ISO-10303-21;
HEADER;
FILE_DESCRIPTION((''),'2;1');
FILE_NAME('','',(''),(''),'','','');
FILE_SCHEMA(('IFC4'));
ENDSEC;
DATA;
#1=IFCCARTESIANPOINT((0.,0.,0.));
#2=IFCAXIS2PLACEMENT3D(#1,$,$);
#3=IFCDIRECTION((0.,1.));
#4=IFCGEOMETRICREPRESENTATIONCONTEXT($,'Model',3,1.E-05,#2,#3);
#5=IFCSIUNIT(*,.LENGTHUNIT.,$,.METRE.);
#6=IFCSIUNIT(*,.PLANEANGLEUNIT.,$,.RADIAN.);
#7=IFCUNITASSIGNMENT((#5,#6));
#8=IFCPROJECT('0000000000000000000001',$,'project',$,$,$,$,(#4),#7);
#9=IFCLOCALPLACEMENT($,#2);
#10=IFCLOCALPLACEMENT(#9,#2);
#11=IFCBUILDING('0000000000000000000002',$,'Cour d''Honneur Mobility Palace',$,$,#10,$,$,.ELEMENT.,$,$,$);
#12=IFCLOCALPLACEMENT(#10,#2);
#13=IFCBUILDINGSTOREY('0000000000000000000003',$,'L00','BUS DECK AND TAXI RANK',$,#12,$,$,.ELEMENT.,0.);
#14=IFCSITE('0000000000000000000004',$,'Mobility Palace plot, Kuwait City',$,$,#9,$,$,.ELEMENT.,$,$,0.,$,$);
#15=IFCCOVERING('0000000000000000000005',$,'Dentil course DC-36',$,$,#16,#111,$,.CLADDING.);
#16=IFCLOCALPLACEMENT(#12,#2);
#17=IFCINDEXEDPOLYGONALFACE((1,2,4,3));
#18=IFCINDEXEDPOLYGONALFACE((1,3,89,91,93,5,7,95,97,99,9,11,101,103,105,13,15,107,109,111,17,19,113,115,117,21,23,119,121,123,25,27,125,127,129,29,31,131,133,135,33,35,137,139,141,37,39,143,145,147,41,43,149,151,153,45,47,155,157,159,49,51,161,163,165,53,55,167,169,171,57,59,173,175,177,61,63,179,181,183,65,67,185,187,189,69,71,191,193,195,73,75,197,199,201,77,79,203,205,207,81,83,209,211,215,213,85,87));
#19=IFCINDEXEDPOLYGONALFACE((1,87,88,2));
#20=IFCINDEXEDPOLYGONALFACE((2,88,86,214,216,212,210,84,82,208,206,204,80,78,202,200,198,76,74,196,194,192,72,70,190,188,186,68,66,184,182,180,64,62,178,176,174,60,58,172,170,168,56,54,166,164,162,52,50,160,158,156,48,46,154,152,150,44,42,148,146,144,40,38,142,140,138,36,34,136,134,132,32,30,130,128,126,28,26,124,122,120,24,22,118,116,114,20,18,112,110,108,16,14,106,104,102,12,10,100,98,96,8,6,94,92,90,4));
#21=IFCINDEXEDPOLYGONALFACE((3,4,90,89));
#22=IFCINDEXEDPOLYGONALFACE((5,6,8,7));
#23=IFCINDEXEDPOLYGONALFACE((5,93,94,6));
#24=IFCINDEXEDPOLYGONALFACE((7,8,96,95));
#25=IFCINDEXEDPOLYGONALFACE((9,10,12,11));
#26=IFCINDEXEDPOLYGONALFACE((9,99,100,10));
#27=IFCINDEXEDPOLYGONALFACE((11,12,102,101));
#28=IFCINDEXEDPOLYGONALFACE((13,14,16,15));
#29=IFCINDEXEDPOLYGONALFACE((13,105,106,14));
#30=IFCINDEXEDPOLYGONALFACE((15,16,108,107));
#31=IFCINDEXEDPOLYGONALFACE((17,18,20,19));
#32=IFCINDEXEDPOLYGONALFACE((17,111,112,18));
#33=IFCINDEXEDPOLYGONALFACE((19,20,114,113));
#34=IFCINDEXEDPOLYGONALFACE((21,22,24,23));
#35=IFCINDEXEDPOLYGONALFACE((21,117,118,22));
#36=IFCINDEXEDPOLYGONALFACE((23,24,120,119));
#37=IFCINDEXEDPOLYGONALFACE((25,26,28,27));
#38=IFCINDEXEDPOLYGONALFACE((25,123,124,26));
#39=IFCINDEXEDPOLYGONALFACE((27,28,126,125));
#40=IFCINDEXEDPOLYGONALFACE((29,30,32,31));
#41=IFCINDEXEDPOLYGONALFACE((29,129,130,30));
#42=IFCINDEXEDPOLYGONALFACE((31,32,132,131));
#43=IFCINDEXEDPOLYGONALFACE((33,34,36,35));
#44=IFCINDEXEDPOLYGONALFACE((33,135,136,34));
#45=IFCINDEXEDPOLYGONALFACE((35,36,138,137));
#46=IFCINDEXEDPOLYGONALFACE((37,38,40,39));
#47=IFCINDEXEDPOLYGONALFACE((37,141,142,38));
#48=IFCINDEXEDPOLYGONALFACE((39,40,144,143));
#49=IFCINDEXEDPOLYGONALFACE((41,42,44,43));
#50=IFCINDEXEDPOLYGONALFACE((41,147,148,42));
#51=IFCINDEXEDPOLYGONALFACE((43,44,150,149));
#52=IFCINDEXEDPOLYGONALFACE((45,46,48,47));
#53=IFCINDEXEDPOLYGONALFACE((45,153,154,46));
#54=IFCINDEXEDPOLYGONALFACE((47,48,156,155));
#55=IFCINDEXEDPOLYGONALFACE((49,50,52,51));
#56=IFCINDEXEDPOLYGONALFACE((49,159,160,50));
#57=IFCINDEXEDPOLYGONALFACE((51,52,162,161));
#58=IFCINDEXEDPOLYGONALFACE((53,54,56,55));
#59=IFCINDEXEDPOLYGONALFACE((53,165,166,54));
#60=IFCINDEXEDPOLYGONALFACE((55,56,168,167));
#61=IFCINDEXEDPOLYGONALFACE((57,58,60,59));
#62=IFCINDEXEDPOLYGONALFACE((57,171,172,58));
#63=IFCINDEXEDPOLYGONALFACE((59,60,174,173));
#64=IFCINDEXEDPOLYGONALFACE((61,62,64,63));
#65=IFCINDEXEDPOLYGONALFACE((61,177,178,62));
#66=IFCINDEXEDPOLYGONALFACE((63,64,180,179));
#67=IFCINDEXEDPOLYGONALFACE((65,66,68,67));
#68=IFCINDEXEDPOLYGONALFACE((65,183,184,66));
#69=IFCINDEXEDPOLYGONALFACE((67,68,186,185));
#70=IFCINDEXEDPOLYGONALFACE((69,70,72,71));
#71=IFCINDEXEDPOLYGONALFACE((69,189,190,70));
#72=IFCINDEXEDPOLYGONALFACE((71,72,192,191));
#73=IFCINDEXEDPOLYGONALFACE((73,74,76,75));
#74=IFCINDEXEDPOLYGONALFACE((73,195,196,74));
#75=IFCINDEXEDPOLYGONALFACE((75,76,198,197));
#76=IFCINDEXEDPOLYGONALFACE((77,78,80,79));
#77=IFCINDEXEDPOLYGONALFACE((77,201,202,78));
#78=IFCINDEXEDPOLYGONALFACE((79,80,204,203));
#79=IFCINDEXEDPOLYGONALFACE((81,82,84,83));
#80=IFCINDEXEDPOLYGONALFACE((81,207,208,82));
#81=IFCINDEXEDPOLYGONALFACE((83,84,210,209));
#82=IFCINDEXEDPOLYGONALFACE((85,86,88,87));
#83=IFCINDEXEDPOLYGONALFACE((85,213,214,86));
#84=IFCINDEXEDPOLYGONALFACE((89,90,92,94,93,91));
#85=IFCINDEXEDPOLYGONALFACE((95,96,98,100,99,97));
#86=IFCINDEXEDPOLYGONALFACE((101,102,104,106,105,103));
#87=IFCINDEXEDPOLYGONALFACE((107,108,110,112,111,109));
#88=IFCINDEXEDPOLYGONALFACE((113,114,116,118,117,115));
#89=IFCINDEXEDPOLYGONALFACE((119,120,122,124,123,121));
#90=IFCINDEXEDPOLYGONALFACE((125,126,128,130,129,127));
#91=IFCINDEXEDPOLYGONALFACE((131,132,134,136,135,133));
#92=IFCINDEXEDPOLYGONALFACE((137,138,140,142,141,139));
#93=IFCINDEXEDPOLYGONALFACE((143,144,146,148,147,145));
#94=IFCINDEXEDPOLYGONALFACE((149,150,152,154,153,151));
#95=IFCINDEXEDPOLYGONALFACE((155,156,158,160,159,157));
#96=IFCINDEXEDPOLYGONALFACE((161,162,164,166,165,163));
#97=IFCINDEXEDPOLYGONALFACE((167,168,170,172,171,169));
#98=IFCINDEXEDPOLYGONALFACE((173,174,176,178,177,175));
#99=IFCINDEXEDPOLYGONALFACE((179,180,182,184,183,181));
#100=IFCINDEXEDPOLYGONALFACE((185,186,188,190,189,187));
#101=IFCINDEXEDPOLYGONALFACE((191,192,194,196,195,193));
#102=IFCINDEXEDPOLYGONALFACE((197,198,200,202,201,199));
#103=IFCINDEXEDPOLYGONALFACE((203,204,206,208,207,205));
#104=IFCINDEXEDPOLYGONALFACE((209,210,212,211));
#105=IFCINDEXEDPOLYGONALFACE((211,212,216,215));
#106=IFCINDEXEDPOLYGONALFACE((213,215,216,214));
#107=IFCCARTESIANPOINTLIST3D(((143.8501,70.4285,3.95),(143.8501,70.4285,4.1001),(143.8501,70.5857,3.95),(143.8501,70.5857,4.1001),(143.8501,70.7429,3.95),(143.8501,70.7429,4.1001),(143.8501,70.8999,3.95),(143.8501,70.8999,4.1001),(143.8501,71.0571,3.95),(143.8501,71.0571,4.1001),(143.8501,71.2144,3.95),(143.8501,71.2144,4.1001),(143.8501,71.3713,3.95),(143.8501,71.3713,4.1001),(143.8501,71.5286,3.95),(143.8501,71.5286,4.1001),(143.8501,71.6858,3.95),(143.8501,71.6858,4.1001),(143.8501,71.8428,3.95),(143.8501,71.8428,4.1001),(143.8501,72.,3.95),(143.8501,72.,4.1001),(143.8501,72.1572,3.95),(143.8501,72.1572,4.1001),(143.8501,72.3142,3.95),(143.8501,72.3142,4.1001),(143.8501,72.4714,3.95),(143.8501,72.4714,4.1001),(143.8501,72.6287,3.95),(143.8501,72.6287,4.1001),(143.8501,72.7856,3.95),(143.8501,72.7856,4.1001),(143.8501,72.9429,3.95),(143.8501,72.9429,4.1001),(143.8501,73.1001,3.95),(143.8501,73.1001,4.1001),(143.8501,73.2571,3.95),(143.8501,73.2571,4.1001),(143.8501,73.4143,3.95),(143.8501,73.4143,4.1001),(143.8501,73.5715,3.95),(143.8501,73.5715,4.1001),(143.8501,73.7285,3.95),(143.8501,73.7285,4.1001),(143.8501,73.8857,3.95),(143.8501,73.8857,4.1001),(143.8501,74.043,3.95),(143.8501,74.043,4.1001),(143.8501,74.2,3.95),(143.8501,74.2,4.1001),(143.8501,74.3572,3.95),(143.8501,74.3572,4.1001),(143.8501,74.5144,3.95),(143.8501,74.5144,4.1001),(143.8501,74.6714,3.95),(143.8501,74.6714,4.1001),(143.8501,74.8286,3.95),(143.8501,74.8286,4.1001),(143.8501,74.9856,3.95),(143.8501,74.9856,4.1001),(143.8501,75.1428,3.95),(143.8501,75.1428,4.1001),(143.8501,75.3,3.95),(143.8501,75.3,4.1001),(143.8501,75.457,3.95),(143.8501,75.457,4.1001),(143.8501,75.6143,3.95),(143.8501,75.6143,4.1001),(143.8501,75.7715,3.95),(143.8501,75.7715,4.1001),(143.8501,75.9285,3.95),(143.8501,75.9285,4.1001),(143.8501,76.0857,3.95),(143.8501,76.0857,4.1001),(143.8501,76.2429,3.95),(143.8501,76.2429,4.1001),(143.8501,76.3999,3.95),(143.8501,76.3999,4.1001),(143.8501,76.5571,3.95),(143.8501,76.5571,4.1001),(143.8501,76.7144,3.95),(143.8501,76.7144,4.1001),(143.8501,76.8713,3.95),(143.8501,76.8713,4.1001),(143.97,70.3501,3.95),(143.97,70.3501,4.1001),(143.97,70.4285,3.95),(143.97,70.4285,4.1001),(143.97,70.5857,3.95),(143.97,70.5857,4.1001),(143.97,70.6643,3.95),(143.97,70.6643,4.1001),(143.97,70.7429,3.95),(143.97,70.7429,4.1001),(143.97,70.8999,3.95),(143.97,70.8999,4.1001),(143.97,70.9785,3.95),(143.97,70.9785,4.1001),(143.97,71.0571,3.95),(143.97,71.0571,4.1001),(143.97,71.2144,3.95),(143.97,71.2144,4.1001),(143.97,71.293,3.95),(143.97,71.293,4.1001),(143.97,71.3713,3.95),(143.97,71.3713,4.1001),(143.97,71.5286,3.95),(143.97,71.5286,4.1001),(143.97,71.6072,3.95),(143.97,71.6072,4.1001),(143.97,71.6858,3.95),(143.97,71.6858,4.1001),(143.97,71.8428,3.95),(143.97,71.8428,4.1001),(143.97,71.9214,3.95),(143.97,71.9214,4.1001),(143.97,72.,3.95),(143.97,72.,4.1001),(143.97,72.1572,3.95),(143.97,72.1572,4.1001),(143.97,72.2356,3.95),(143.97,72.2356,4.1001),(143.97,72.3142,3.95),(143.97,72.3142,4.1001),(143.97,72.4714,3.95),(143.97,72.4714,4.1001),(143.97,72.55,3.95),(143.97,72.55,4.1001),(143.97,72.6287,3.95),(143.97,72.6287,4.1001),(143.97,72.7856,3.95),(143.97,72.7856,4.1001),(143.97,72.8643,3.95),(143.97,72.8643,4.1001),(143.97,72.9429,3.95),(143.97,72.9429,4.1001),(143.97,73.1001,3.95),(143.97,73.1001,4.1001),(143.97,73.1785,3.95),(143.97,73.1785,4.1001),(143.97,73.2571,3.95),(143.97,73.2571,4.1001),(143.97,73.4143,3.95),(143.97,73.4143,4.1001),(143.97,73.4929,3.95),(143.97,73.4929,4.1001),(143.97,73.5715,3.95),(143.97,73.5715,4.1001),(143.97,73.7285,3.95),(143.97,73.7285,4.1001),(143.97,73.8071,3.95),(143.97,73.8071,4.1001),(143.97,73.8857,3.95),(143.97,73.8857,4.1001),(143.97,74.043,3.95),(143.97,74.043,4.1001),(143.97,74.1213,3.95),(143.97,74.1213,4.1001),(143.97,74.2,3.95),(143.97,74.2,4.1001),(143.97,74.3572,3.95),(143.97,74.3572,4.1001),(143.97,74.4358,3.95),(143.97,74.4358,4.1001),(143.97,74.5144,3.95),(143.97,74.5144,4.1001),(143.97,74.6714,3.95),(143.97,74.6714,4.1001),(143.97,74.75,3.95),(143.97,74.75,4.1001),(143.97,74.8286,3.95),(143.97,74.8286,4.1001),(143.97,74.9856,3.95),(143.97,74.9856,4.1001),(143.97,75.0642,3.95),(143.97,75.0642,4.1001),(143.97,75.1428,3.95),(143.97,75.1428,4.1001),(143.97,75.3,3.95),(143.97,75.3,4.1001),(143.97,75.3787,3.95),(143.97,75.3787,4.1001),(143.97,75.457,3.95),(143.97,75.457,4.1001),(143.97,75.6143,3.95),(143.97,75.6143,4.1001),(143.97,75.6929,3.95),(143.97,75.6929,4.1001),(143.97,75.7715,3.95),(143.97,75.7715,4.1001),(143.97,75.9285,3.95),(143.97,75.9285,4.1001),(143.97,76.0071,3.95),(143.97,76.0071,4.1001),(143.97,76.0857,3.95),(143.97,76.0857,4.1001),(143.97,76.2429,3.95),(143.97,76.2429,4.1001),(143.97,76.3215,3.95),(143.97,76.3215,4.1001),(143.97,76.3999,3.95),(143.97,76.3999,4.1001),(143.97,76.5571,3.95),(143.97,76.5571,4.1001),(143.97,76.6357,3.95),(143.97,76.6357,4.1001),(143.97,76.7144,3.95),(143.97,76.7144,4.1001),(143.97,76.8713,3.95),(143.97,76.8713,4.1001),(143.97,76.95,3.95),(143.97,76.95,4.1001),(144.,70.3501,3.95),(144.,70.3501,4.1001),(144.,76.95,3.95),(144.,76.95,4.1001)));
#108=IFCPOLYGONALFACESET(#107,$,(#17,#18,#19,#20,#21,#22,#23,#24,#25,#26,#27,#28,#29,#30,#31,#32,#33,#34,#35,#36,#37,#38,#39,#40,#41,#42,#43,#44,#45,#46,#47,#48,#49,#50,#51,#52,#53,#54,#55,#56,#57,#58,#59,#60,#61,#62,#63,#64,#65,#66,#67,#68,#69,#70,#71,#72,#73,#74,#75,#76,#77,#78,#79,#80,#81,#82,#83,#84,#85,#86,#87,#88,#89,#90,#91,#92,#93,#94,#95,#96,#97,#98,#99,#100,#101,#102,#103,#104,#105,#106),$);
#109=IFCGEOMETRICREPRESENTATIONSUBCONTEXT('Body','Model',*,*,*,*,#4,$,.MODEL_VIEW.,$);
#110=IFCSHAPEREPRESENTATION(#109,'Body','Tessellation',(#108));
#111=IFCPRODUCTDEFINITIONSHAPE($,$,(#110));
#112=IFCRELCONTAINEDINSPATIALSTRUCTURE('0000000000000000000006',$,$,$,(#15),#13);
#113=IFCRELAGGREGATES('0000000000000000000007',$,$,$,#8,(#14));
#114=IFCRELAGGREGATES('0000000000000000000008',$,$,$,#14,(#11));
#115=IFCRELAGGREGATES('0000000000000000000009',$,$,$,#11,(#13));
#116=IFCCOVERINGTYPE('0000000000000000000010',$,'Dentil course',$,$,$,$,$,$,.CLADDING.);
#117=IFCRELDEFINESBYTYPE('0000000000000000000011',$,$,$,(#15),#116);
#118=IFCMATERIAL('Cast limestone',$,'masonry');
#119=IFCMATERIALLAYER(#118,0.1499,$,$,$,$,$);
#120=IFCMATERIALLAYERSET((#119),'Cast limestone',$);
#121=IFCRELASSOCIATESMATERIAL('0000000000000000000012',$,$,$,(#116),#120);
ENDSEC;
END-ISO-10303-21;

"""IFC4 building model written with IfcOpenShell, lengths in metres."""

from ifc_helpers import new_model, si_unit, direction, frame, origin, place, context, subcontext, project, spatial, polyline, outline, extrude, material, layer, layer_set, type_object, element, save


model = new_model("IFC4")

# Units and contexts
model_context = context("Model", 3, precision=1e-05, world=origin(), true_north=direction((0.0, 1.0)))
body_context = subcontext(model_context, "Body", "Model", "MODEL_VIEW")
ifc_project = project(units=[si_unit("LENGTHUNIT", "METRE"), si_unit("PLANEANGLEUNIT", "RADIAN")], contexts=[model_context])

# Site, building, storey
site_placement = place(None, origin())
site = spatial("IfcSite", under=ifc_project, at=site_placement, Name="Mobility Palace plot, Kuwait City", CompositionType="ELEMENT", RefElevation=0.0)
building_placement = place(site_placement, origin())
building = spatial("IfcBuilding", under=site, at=building_placement, Name="Cour d'Honneur Mobility Palace", CompositionType="ELEMENT")
storey_placement = place(building_placement, origin())
storey = spatial("IfcBuildingStorey", under=building, at=storey_placement, Name="L00", Description="BUS DECK AND TAXI RANK", CompositionType="ELEMENT", Elevation=0.0)

# Covering
ifc_material = material(Name="Cast limestone", Category="masonry")
ifc_layer = layer(ifc_material, 0.1499)
ifc_layer_set = layer_set([ifc_layer], Name="Cast limestone")
covering_type = type_object("IfcCoveringType", Name="Dentil course", PredefinedType="CLADDING", material=ifc_layer_set)
covering_1_placement = place(storey_placement, frame((0.0, 0.0, 3.95)))
element("IfcCovering", 1, at=covering_1_placement, inside=storey, type_object=covering_type, Name="Dentil course DC-36", PredefinedType="CLADDING", context=body_context, shape_type="SweptSolid", body=[
    extrude(outline(polyline([(144.0, 76.95), (144.0, 70.3501), (143.97, 70.3501), (143.97, 70.3501), (143.97, 70.4285), (143.8501, 70.4285), (143.8501, 70.5857), (143.97, 70.5857), (143.97, 70.6643), (143.97, 70.6643), (143.97, 70.7429), (143.8501, 70.7429), (143.8501, 70.8999), (143.97, 70.8999), (143.97, 70.9785), (143.97, 70.9785), (143.97, 71.0571), (143.8501, 71.0571), (143.8501, 71.2144), (143.97, 71.2144), (143.97, 71.293), (143.97, 71.293), (143.97, 71.3713), (143.8501, 71.3713), (143.8501, 71.5286), (143.97, 71.5286), (143.97, 71.6072), (143.97, 71.6072), (143.97, 71.6858), (143.8501, 71.6858), (143.8501, 71.8428), (143.97, 71.8428), (143.97, 71.9214), (143.97, 71.9214), (143.97, 72.0), (143.8501, 72.0), (143.8501, 72.1572), (143.97, 72.1572), (143.97, 72.2356), (143.97, 72.2356), (143.97, 72.3142), (143.8501, 72.3142), (143.8501, 72.4714), (143.97, 72.4714), (143.97, 72.55), (143.97, 72.55), (143.97, 72.6287), (143.8501, 72.6287), (143.8501, 72.7856), (143.97, 72.7856), (143.97, 72.8643), (143.97, 72.8643), (143.97, 72.9429), (143.8501, 72.9429), (143.8501, 73.1001), (143.97, 73.1001), (143.97, 73.1785), (143.97, 73.1785), (143.97, 73.2571), (143.8501, 73.2571), (143.8501, 73.4143), (143.97, 73.4143), (143.97, 73.4929), (143.97, 73.4929), (143.97, 73.5715), (143.8501, 73.5715), (143.8501, 73.7285), (143.97, 73.7285), (143.97, 73.8071), (143.97, 73.8071), (143.97, 73.8857), (143.8501, 73.8857), (143.8501, 74.043), (143.97, 74.043), (143.97, 74.1213), (143.97, 74.1213), (143.97, 74.2), (143.8501, 74.2), (143.8501, 74.3572), (143.97, 74.3572), (143.97, 74.4358), (143.97, 74.4358), (143.97, 74.5144), (143.8501, 74.5144), (143.8501, 74.6714), (143.97, 74.6714), (143.97, 74.75), (143.97, 74.75), (143.97, 74.8286), (143.8501, 74.8286), (143.8501, 74.9856), (143.97, 74.9856), (143.97, 75.0642), (143.97, 75.0642), (143.97, 75.1428), (143.8501, 75.1428), (143.8501, 75.3), (143.97, 75.3), (143.97, 75.3787), (143.97, 75.3787), (143.97, 75.457), (143.8501, 75.457), (143.8501, 75.6143), (143.97, 75.6143), (143.97, 75.6929), (143.97, 75.6929), (143.97, 75.7715), (143.8501, 75.7715), (143.8501, 75.9285), (143.97, 75.9285), (143.97, 76.0071), (143.97, 76.0071), (143.97, 76.0857), (143.8501, 76.0857), (143.8501, 76.2429), (143.97, 76.2429), (143.97, 76.3215), (143.97, 76.3215), (143.97, 76.3999), (143.8501, 76.3999), (143.8501, 76.5571), (143.97, 76.5571), (143.97, 76.6357), (143.97, 76.6357), (143.97, 76.7144), (143.8501, 76.7144), (143.8501, 76.8713), (143.97, 76.8713), (143.97, 76.95), (144.0, 76.95)])), origin(), (0.0, 0.0, 1.0), 0.1501),
])

save(model, "model.ifc")
